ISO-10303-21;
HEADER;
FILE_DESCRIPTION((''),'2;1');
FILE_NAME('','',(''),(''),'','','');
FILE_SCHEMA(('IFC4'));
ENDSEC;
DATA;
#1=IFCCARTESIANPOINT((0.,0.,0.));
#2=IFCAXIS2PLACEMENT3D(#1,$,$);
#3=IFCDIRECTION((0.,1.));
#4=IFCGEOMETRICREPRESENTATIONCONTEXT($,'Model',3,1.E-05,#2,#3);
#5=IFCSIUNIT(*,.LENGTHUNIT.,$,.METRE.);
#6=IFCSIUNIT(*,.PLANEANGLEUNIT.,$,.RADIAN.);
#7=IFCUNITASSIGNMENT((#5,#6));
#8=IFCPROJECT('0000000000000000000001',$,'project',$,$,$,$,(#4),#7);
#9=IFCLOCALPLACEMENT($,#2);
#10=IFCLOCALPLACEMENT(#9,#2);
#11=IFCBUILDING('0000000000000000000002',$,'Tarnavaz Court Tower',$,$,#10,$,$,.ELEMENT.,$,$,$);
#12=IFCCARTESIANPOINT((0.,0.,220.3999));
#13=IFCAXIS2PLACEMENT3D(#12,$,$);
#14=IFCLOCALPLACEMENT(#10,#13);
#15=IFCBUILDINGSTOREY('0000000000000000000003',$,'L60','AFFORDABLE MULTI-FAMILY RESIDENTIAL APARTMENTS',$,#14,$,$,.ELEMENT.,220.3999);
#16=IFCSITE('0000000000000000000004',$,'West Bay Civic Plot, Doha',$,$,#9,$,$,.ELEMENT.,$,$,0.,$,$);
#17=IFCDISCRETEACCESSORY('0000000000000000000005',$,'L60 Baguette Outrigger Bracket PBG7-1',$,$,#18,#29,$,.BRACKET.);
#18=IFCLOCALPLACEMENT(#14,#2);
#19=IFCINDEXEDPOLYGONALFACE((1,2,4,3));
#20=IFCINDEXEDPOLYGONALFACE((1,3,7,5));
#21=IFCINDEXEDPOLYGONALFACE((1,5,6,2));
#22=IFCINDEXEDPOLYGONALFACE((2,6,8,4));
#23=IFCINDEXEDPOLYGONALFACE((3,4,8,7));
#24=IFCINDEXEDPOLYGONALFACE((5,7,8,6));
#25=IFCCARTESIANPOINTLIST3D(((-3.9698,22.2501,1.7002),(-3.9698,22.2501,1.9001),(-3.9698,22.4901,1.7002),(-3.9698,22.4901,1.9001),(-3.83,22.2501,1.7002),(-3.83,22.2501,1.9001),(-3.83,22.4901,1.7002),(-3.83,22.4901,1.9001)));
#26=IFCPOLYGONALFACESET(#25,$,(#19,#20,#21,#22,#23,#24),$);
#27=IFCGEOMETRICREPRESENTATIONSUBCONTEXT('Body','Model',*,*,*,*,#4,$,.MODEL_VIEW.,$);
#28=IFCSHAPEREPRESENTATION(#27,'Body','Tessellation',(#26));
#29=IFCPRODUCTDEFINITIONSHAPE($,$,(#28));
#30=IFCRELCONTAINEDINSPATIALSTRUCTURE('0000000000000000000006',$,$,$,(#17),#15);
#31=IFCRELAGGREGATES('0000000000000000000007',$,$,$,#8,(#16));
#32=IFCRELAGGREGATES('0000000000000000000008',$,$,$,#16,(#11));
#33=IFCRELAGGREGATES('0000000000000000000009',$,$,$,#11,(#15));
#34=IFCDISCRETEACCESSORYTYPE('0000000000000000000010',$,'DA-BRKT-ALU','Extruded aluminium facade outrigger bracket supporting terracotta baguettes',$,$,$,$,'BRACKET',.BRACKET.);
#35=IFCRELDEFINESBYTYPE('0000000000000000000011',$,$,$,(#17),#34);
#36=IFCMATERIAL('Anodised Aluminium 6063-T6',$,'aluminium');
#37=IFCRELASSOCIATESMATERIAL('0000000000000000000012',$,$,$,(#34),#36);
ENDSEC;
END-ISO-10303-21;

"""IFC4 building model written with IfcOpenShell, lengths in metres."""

from ifc_helpers import new_model, si_unit, direction, frame, origin, origin_2d, place, context, subcontext, project, spatial, rectangle, extrude, material, type_object, element, save


model = new_model("IFC4")

# Units and contexts
model_context = context("Model", 3, precision=1e-05, world=origin(), true_north=direction((0.0, 1.0)))
body_context = subcontext(model_context, "Body", "Model", "MODEL_VIEW")
ifc_project = project(units=[si_unit("LENGTHUNIT", "METRE"), si_unit("PLANEANGLEUNIT", "RADIAN")], contexts=[model_context])

# Site, building, storey
site_placement = place(None, origin())
site = spatial("IfcSite", under=ifc_project, at=site_placement, Name="West Bay Civic Plot, Doha", CompositionType="ELEMENT", RefElevation=0.0)
building_placement = place(site_placement, origin())
building = spatial("IfcBuilding", under=site, at=building_placement, Name="Tarnavaz Court Tower", CompositionType="ELEMENT")
storey_placement = place(building_placement, frame((0.0, 0.0, 220.3999)))
storey = spatial("IfcBuildingStorey", under=building, at=storey_placement, Name="L60", Description="AFFORDABLE MULTI-FAMILY RESIDENTIAL APARTMENTS", CompositionType="ELEMENT", Elevation=220.3999)

# Shared definitions
ifc_material_1 = material(Name="Anodised Aluminium 6063-T6", Category="aluminium")

# Discrete accessory
discrete_accessory_type = type_object("IfcDiscreteAccessoryType", Name="DA-BRKT-ALU", Description="Extruded aluminium facade outrigger bracket supporting terracotta baguettes", ElementType="BRACKET", PredefinedType="BRACKET", material=ifc_material_1)
for number, where, z_axis, x_axis, name in (
    (1, (-3.8999, 22.3701, 1.7002), (0.0, 0.0, 1.0), (1.0, 0.0, 0.0), "L60 Baguette Outrigger Bracket PBG7-1"),
):
    element("IfcDiscreteAccessory", number, at=place(storey_placement, frame(where, z_axis=z_axis, x_axis=x_axis)), inside=storey, type_object=discrete_accessory_type, Name=name, PredefinedType="BRACKET", context=body_context, shape_type="SweptSolid", body=[
        extrude(rectangle(XDim=0.1399, YDim=0.24, at=origin_2d()), origin(), (0.0, 0.0, 1.0), 0.2),
    ])

save(model, "model.ifc")
